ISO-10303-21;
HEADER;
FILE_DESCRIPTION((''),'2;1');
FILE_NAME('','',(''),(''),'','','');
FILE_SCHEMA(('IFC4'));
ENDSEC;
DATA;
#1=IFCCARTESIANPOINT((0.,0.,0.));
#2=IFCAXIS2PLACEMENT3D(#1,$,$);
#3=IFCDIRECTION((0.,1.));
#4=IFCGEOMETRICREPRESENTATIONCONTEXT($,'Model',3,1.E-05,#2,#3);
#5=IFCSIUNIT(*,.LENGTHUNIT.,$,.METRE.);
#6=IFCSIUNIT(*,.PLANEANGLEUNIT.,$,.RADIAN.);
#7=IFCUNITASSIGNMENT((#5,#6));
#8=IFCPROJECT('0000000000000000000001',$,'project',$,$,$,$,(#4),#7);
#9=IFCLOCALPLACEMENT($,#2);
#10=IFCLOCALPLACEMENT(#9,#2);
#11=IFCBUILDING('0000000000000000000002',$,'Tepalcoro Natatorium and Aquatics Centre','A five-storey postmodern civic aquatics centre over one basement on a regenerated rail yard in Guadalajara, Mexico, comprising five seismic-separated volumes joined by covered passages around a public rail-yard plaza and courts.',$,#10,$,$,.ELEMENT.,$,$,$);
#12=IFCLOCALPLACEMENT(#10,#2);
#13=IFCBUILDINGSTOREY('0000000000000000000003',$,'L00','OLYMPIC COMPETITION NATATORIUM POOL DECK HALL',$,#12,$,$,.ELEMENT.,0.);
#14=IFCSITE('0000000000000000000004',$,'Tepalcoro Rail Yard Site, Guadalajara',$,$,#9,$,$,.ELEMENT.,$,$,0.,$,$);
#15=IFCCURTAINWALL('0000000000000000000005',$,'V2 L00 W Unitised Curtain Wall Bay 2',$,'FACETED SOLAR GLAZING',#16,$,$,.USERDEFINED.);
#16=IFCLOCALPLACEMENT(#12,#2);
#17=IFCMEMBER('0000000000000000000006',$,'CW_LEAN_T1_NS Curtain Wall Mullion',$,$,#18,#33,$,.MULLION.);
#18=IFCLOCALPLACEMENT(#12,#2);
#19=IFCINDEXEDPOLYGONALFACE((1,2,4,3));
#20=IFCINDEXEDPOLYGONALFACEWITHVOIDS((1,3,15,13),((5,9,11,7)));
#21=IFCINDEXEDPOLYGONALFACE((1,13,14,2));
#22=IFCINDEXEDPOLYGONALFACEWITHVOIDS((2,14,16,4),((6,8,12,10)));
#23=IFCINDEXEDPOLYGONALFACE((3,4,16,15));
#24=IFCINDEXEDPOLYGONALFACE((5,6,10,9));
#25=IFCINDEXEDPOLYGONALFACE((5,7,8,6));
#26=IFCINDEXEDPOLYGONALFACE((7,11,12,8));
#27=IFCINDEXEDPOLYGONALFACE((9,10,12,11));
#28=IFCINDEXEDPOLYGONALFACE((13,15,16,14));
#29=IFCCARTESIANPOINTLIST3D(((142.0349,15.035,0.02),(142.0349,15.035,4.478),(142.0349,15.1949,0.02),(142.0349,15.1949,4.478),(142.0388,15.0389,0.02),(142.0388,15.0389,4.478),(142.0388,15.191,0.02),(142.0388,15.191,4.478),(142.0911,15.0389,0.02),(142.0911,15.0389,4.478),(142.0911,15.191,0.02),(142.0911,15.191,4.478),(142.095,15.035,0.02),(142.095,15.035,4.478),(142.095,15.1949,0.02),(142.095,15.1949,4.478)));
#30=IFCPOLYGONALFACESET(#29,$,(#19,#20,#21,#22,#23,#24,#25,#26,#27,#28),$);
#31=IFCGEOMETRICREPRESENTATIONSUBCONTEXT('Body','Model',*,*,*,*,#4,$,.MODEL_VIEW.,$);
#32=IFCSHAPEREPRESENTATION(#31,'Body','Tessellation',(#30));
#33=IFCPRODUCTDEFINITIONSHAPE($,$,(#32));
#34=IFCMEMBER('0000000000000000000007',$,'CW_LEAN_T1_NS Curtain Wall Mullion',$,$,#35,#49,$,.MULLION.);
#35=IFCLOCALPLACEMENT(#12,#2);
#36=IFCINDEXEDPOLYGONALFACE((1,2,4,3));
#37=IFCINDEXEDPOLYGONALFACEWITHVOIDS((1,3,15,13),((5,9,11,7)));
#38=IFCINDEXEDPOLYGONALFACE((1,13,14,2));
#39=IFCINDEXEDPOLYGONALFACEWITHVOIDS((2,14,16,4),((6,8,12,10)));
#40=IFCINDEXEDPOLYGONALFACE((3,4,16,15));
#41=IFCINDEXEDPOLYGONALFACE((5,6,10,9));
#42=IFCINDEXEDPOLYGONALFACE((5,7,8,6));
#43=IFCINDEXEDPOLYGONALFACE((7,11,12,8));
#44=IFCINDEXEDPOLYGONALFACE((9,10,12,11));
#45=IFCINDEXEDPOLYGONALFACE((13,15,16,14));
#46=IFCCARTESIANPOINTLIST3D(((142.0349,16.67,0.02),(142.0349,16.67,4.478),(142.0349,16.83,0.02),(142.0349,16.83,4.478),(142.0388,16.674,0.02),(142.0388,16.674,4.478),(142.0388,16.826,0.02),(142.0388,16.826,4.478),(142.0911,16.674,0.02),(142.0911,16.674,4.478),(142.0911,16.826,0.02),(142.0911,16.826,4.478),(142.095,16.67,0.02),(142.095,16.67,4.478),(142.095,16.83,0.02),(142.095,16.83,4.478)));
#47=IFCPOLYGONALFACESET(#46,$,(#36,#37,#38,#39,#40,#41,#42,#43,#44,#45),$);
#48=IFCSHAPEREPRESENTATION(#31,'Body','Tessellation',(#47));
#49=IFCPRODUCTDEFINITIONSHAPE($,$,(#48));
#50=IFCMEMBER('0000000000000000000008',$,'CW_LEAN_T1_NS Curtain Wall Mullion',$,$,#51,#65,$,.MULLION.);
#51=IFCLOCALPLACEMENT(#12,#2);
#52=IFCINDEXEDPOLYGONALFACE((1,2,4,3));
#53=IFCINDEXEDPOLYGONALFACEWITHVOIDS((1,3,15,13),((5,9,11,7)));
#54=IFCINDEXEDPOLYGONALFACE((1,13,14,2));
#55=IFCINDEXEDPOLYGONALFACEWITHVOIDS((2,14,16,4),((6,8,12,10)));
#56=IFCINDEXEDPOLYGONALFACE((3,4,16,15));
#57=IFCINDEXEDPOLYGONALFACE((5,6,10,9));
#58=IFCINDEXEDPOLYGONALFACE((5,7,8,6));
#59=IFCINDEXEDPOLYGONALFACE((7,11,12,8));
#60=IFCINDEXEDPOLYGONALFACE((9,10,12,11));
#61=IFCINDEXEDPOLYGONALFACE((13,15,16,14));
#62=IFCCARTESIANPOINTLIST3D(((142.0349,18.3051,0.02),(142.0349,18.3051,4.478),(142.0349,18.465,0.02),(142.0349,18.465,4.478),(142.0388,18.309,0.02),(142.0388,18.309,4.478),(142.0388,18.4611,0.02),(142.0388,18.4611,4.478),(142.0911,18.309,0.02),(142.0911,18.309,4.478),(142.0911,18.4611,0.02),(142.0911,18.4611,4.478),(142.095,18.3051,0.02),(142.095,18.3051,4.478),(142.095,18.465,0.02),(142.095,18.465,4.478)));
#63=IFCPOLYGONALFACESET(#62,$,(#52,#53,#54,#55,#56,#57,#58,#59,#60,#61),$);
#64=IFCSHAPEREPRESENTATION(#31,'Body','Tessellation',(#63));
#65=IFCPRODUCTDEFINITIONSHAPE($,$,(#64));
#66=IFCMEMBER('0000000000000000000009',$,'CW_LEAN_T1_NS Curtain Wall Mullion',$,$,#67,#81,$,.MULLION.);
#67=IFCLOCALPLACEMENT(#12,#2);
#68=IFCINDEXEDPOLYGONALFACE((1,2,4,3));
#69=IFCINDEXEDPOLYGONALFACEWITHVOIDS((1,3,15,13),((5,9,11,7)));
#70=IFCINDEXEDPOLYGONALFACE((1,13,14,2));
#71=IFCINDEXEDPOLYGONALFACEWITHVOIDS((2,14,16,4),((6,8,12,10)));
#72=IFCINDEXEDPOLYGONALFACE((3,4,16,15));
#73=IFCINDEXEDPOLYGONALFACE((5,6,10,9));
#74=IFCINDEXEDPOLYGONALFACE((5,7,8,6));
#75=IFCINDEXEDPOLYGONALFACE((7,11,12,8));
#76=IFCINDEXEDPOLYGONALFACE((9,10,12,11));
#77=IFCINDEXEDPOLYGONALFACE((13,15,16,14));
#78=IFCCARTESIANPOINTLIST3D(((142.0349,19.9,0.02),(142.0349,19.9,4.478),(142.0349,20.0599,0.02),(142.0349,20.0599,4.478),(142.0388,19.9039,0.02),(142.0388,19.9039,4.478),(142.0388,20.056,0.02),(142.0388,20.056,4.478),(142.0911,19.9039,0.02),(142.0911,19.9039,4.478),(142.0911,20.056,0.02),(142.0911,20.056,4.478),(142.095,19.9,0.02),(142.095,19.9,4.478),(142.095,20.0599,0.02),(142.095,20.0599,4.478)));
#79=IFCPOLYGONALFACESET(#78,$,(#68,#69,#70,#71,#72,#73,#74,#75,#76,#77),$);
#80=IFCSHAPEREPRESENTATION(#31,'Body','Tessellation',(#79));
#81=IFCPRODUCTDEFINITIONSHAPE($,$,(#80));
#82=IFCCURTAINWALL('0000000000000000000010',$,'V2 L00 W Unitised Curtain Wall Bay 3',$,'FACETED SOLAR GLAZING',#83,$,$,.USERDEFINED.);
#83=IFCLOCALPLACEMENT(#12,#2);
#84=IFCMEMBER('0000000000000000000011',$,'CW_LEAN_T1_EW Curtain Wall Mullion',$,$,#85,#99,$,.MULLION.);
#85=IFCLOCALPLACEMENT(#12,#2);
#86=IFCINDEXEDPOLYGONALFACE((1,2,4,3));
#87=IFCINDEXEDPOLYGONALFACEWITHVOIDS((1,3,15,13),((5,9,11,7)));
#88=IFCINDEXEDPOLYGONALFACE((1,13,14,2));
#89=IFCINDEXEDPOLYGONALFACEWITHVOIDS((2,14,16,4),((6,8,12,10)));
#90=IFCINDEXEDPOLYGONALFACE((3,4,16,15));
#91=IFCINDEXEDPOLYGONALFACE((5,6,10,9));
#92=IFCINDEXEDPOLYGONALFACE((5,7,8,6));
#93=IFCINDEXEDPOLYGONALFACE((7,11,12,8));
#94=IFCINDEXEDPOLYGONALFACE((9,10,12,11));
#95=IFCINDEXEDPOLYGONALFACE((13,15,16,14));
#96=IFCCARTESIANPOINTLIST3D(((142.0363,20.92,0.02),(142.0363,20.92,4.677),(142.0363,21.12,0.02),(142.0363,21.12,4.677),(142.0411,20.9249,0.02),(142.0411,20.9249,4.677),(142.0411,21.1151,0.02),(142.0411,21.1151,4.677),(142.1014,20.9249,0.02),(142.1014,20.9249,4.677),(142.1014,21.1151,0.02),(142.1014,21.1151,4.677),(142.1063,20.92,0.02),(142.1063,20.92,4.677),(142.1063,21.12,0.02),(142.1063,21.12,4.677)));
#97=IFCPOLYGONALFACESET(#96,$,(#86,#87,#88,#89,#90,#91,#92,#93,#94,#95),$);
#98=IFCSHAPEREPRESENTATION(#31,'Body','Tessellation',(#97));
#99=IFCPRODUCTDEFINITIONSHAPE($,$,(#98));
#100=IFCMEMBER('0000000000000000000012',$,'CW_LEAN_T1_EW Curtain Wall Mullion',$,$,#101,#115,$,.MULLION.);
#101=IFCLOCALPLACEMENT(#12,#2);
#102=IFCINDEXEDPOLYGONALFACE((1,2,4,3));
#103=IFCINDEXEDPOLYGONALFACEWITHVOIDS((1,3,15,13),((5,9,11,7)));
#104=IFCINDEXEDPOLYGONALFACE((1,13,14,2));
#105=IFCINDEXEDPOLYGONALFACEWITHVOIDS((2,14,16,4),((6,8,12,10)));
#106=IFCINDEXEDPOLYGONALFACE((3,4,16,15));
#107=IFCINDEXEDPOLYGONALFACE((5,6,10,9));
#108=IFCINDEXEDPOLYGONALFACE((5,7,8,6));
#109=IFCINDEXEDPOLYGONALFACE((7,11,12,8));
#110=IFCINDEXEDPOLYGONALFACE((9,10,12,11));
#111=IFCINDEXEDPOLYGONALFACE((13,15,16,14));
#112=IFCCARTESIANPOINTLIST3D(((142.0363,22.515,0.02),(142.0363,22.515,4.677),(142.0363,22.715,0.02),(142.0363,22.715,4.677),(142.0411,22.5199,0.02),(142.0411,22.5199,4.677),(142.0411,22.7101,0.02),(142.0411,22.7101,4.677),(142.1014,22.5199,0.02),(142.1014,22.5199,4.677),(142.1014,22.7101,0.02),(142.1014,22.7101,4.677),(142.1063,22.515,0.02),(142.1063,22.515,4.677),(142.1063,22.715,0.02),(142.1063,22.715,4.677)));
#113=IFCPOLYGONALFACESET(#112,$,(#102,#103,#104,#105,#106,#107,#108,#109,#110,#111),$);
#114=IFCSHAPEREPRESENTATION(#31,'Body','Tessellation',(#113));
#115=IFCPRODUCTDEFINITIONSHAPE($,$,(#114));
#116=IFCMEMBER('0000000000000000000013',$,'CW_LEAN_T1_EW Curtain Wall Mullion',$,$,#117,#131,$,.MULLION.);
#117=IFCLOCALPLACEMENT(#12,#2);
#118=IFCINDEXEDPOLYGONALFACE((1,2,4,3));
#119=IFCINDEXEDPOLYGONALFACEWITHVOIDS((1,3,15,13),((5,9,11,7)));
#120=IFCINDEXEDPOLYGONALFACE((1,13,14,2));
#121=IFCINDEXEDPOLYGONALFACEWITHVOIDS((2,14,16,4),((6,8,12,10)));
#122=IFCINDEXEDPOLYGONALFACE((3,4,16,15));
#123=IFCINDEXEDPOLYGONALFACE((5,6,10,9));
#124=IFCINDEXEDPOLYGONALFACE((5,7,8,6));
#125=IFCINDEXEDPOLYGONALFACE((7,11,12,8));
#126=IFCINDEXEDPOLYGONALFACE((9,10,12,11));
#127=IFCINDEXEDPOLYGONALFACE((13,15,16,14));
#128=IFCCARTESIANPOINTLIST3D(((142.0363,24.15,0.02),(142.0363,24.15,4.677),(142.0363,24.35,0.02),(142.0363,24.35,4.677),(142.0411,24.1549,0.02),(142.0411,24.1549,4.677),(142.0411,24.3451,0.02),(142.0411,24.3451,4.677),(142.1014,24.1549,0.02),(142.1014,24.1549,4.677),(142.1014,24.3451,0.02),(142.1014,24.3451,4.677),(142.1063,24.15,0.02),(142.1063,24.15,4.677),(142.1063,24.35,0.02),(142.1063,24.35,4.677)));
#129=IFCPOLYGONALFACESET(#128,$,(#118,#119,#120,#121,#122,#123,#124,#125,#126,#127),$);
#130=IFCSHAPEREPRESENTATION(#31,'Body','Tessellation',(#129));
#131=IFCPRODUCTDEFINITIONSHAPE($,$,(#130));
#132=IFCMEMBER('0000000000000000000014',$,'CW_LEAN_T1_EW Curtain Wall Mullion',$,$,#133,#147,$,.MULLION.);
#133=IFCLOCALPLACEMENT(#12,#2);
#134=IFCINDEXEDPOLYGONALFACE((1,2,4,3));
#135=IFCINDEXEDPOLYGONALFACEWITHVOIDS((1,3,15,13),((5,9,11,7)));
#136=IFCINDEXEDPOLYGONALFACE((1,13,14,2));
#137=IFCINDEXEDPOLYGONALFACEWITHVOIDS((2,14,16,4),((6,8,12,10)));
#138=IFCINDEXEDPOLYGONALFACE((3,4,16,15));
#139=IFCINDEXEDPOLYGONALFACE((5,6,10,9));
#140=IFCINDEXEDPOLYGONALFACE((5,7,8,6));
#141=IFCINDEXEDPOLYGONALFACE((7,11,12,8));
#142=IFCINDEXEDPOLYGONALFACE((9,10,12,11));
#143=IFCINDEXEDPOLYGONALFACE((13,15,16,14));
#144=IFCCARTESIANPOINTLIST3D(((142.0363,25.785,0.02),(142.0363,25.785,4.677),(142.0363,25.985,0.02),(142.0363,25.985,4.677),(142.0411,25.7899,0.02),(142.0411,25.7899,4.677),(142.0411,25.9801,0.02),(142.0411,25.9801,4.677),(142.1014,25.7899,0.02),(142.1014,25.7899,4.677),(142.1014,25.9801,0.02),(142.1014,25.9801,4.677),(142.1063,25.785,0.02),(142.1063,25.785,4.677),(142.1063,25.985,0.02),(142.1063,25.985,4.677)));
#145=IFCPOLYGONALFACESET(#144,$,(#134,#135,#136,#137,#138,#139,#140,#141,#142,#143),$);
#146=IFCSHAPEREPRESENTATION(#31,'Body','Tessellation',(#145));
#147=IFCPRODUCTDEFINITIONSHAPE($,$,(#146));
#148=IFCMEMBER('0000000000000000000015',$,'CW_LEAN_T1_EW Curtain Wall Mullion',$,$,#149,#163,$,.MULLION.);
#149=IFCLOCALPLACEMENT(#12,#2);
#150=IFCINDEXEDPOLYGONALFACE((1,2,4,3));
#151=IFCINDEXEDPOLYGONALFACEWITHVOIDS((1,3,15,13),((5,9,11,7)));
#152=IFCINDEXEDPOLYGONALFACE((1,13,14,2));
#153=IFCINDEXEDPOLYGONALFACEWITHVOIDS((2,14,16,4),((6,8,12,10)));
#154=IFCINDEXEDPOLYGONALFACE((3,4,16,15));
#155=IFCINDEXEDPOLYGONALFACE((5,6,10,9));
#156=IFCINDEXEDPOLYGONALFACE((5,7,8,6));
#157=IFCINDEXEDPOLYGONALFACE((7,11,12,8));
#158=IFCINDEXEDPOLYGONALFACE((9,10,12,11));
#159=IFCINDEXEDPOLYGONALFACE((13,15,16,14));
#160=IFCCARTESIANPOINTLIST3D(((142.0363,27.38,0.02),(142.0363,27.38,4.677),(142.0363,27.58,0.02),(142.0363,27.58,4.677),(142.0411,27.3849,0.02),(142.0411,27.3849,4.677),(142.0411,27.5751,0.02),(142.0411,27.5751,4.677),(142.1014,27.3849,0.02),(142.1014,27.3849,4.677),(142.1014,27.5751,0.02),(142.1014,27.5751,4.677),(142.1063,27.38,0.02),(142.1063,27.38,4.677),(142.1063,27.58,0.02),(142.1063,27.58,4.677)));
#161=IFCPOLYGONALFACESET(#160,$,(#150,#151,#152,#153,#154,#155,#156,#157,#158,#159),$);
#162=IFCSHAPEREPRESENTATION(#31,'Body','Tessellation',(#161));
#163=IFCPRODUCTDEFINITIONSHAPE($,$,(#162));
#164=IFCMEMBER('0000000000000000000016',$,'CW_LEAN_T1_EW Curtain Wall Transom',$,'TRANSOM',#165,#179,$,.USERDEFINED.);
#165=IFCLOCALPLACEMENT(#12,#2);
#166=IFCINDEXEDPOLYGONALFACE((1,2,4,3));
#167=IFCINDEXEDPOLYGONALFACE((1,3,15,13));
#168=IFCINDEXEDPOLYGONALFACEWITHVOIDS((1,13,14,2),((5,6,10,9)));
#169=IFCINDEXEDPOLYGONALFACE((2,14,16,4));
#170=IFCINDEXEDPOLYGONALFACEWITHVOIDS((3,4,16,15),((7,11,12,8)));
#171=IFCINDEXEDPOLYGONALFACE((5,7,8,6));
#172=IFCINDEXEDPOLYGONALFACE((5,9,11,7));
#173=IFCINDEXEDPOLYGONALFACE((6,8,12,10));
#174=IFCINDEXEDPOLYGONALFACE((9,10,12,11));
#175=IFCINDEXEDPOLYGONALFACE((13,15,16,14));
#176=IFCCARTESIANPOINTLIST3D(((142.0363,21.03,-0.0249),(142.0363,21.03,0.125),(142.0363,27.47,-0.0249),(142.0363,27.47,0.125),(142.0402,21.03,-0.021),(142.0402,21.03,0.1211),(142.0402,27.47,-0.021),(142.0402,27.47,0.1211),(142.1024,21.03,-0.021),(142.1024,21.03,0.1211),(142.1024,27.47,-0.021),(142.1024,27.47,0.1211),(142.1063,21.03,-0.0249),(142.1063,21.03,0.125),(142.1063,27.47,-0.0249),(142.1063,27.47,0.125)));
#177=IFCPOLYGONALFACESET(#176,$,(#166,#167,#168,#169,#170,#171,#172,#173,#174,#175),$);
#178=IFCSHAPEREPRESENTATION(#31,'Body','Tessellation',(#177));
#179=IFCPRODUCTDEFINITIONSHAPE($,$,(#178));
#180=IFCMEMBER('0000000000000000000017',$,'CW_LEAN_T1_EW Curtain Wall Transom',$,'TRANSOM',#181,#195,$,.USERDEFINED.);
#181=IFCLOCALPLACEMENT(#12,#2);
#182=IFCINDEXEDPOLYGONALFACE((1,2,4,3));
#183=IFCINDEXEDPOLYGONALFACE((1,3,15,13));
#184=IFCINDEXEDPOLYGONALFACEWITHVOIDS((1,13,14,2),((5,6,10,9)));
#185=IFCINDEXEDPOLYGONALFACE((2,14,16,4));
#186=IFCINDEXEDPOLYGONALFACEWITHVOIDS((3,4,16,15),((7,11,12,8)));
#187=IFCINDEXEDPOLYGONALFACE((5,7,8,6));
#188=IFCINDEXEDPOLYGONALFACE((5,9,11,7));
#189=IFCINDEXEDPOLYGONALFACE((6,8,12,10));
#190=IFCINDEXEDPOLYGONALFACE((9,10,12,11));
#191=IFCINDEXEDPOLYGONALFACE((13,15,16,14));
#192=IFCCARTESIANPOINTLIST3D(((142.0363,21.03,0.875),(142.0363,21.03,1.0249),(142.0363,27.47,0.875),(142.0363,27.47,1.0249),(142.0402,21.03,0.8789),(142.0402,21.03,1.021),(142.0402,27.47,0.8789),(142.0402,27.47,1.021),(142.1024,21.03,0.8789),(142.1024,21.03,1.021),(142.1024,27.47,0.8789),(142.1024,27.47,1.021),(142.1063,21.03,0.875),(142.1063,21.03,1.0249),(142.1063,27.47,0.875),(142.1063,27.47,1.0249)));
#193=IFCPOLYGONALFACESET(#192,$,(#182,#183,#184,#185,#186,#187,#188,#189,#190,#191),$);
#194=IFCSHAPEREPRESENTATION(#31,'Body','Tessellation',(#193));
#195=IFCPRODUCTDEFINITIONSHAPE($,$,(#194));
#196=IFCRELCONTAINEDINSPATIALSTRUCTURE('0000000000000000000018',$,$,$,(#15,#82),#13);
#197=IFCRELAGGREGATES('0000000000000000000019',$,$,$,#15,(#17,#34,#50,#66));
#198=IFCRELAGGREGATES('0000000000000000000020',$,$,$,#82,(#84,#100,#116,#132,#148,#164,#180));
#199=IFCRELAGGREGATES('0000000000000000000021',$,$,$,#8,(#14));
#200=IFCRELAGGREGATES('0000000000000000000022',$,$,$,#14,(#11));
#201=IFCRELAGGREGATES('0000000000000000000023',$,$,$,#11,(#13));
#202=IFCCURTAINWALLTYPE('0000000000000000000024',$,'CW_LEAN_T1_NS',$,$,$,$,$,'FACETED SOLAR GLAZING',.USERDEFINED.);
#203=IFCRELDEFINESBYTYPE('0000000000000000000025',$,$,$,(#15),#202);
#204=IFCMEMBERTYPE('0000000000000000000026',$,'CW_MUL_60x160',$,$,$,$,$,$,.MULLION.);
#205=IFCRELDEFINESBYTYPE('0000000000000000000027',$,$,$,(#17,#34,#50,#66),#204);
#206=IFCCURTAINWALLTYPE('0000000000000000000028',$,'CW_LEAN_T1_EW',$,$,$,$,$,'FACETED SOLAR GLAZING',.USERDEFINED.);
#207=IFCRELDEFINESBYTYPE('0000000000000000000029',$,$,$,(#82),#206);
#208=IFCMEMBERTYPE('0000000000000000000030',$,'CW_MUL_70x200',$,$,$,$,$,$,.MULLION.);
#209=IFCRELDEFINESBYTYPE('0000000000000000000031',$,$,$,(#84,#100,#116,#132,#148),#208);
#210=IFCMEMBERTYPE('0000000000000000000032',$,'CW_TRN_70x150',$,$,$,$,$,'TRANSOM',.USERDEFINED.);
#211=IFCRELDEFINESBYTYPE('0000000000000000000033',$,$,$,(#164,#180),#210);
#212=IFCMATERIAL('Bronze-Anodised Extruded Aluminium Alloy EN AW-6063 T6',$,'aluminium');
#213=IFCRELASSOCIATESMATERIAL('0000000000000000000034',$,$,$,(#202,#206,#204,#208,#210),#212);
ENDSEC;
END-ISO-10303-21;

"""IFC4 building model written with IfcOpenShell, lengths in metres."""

from ifc_helpers import new_model, si_unit, direction, frame, origin, origin_2d, place, context, subcontext, project, spatial, hollow_rectangle, extrude, material, material_profile, profile_set, type_object, element, aggregate, save


model = new_model("IFC4")

# Units and contexts
model_context = context("Model", 3, precision=1e-05, world=origin(), true_north=direction((0.0, 1.0)))
body_context = subcontext(model_context, "Body", "Model", "MODEL_VIEW")
ifc_project = project(units=[si_unit("LENGTHUNIT", "METRE"), si_unit("PLANEANGLEUNIT", "RADIAN")], contexts=[model_context])

# Site, building, storey
site_placement = place(None, origin())
site = spatial("IfcSite", under=ifc_project, at=site_placement, Name="Tepalcoro Rail Yard Site, Guadalajara", CompositionType="ELEMENT", RefElevation=0.0)
building_placement = place(site_placement, origin())
building = spatial("IfcBuilding", under=site, at=building_placement, Name="Tepalcoro Natatorium and Aquatics Centre", Description="A five-storey postmodern civic aquatics centre over one basement on a regenerated rail yard in Guadalajara, Mexico, comprising five seismic-separated volumes joined by covered passages around a public rail-yard plaza and courts.", CompositionType="ELEMENT")
storey_placement = place(building_placement, origin())
storey = spatial("IfcBuildingStorey", under=building, at=storey_placement, Name="L00", Description="OLYMPIC COMPETITION NATATORIUM POOL DECK HALL", CompositionType="ELEMENT", Elevation=0.0)

# Curtain walls, members
ifc_material_1 = material(Name="Bronze-Anodised Extruded Aluminium Alloy EN AW-6063 T6", Category="aluminium")
curtain_wall_type_1 = type_object("IfcCurtainWallType", Name="CW_LEAN_T1_NS", ElementType="FACETED SOLAR GLAZING", PredefinedType="USERDEFINED", material=ifc_material_1)
curtain_wall_1_placement = place(storey_placement, origin())
curtain_wall_1 = element("IfcCurtainWall", 1, at=curtain_wall_1_placement, inside=storey, type_object=curtain_wall_type_1, Name="V2 L00 W Unitised Curtain Wall Bay 2", ObjectType="FACETED SOLAR GLAZING", PredefinedType="USERDEFINED")
ifc_material_profile_1 = material_profile(ifc_material_1, hollow_rectangle(XDim=0.0601, YDim=0.1599, WallThickness=0.0039, at=origin_2d()), Name="AL60X160X4")
ifc_profile_set_1 = profile_set([ifc_material_profile_1], Name="Bronze-Anodised Extruded Aluminium Alloy EN AW-6063 T6")
member_type_1 = type_object("IfcMemberType", Name="CW_MUL_60x160", PredefinedType="MULLION", material=ifc_profile_set_1)
member_1_placement = place(storey_placement, frame((142.0649, 15.115, 0.02), z_axis=(0.0, 0.0, 1.0), x_axis=(1.0, 0.0, 0.0)))
member_1 = element("IfcMember", 2, at=member_1_placement, type_object=member_type_1, Name="CW_LEAN_T1_NS Curtain Wall Mullion", PredefinedType="MULLION", context=body_context, shape_type="SweptSolid", body=[
    extrude(hollow_rectangle(XDim=0.0601, YDim=0.1599, WallThickness=0.0039, at=origin_2d()), origin(), (0.0, 0.0, 1.0), 4.458),
])
member_2_placement = place(storey_placement, frame((142.0649, 16.75, 0.02), z_axis=(0.0, 0.0, 1.0), x_axis=(1.0, 0.0, 0.0)))
member_2 = element("IfcMember", 3, at=member_2_placement, type_object=member_type_1, Name="CW_LEAN_T1_NS Curtain Wall Mullion", PredefinedType="MULLION", context=body_context, shape_type="SweptSolid", body=[
    extrude(hollow_rectangle(XDim=0.0601, YDim=0.1599, WallThickness=0.0039, at=origin_2d()), origin(), (0.0, 0.0, 1.0), 4.458),
])
member_3_placement = place(storey_placement, frame((142.0649, 18.385, 0.02), z_axis=(0.0, 0.0, 1.0), x_axis=(1.0, 0.0, 0.0)))
member_3 = element("IfcMember", 4, at=member_3_placement, type_object=member_type_1, Name="CW_LEAN_T1_NS Curtain Wall Mullion", PredefinedType="MULLION", context=body_context, shape_type="SweptSolid", body=[
    extrude(hollow_rectangle(XDim=0.0601, YDim=0.1599, WallThickness=0.0039, at=origin_2d()), origin(), (0.0, 0.0, 1.0), 4.458),
])
member_4_placement = place(storey_placement, frame((142.0649, 19.98, 0.02), z_axis=(0.0, 0.0, 1.0), x_axis=(1.0, 0.0, 0.0)))
member_4 = element("IfcMember", 5, at=member_4_placement, type_object=member_type_1, Name="CW_LEAN_T1_NS Curtain Wall Mullion", PredefinedType="MULLION", context=body_context, shape_type="SweptSolid", body=[
    extrude(hollow_rectangle(XDim=0.0601, YDim=0.1599, WallThickness=0.0039, at=origin_2d()), origin(), (0.0, 0.0, 1.0), 4.458),
])
curtain_wall_type_2 = type_object("IfcCurtainWallType", Name="CW_LEAN_T1_EW", ElementType="FACETED SOLAR GLAZING", PredefinedType="USERDEFINED", material=ifc_material_1)
curtain_wall_2_placement = place(storey_placement, origin())
curtain_wall_2 = element("IfcCurtainWall", 6, at=curtain_wall_2_placement, inside=storey, type_object=curtain_wall_type_2, Name="V2 L00 W Unitised Curtain Wall Bay 3", ObjectType="FACETED SOLAR GLAZING", PredefinedType="USERDEFINED")
ifc_material_profile_2 = material_profile(ifc_material_1, hollow_rectangle(XDim=0.0701, YDim=0.2, WallThickness=0.0049, at=origin_2d()), Name="AL70X200X5")
ifc_profile_set_2 = profile_set([ifc_material_profile_2], Name="Bronze-Anodised Extruded Aluminium Alloy EN AW-6063 T6")
member_type_2 = type_object("IfcMemberType", Name="CW_MUL_70x200", PredefinedType="MULLION", material=ifc_profile_set_2)
member_5_placement = place(storey_placement, frame((142.0713, 21.02, 0.02), z_axis=(0.0, 0.0, 1.0), x_axis=(1.0, 0.0, 0.0)))
member_5 = element("IfcMember", 7, at=member_5_placement, type_object=member_type_2, Name="CW_LEAN_T1_EW Curtain Wall Mullion", PredefinedType="MULLION", context=body_context, shape_type="SweptSolid", body=[
    extrude(hollow_rectangle(XDim=0.0701, YDim=0.2, WallThickness=0.0049, at=origin_2d()), origin(), (0.0, 0.0, 1.0), 4.657),
])
member_6_placement = place(storey_placement, frame((142.0713, 22.615, 0.02), z_axis=(0.0, 0.0, 1.0), x_axis=(1.0, 0.0, 0.0)))
member_6 = element("IfcMember", 8, at=member_6_placement, type_object=member_type_2, Name="CW_LEAN_T1_EW Curtain Wall Mullion", PredefinedType="MULLION", context=body_context, shape_type="SweptSolid", body=[
    extrude(hollow_rectangle(XDim=0.0701, YDim=0.2, WallThickness=0.0049, at=origin_2d()), origin(), (0.0, 0.0, 1.0), 4.657),
])
member_7_placement = place(storey_placement, frame((142.0713, 24.25, 0.02), z_axis=(0.0, 0.0, 1.0), x_axis=(1.0, 0.0, 0.0)))
member_7 = element("IfcMember", 9, at=member_7_placement, type_object=member_type_2, Name="CW_LEAN_T1_EW Curtain Wall Mullion", PredefinedType="MULLION", context=body_context, shape_type="SweptSolid", body=[
    extrude(hollow_rectangle(XDim=0.0701, YDim=0.2, WallThickness=0.0049, at=origin_2d()), origin(), (0.0, 0.0, 1.0), 4.657),
])
member_8_placement = place(storey_placement, frame((142.0713, 25.885, 0.02), z_axis=(0.0, 0.0, 1.0), x_axis=(1.0, 0.0, 0.0)))
member_8 = element("IfcMember", 10, at=member_8_placement, type_object=member_type_2, Name="CW_LEAN_T1_EW Curtain Wall Mullion", PredefinedType="MULLION", context=body_context, shape_type="SweptSolid", body=[
    extrude(hollow_rectangle(XDim=0.0701, YDim=0.2, WallThickness=0.0049, at=origin_2d()), origin(), (0.0, 0.0, 1.0), 4.657),
])
member_9_placement = place(storey_placement, frame((142.0713, 27.48, 0.02), z_axis=(0.0, 0.0, 1.0), x_axis=(1.0, 0.0, 0.0)))
member_9 = element("IfcMember", 11, at=member_9_placement, type_object=member_type_2, Name="CW_LEAN_T1_EW Curtain Wall Mullion", PredefinedType="MULLION", context=body_context, shape_type="SweptSolid", body=[
    extrude(hollow_rectangle(XDim=0.0701, YDim=0.2, WallThickness=0.0049, at=origin_2d()), origin(), (0.0, 0.0, 1.0), 4.657),
])
ifc_material_profile_3 = material_profile(ifc_material_1, hollow_rectangle(XDim=0.0701, YDim=0.1499, WallThickness=0.0039, at=origin_2d()), Name="AL70X150X4")
ifc_profile_set_3 = profile_set([ifc_material_profile_3], Name="Bronze-Anodised Extruded Aluminium Alloy EN AW-6063 T6")
member_type_3 = type_object("IfcMemberType", Name="CW_TRN_70x150", ElementType="TRANSOM", PredefinedType="USERDEFINED", material=ifc_profile_set_3)
member_10_placement = place(storey_placement, frame((142.0713, 21.03, 0.05), z_axis=(0.0, 1.0, 0.0), x_axis=(-1.0, 0.0, 0.0)))
member_10 = element("IfcMember", 12, at=member_10_placement, type_object=member_type_3, Name="CW_LEAN_T1_EW Curtain Wall Transom", ObjectType="TRANSOM", PredefinedType="USERDEFINED", context=body_context, shape_type="SweptSolid", body=[
    extrude(hollow_rectangle(XDim=0.0701, YDim=0.1499, WallThickness=0.0039, at=origin_2d()), origin(), (0.0, 0.0, 1.0), 6.4399),
])
member_11_placement = place(storey_placement, frame((142.0713, 21.03, 0.95), z_axis=(0.0, 1.0, 0.0), x_axis=(-1.0, 0.0, 0.0)))
member_11 = element("IfcMember", 13, at=member_11_placement, type_object=member_type_3, Name="CW_LEAN_T1_EW Curtain Wall Transom", ObjectType="TRANSOM", PredefinedType="USERDEFINED", context=body_context, shape_type="SweptSolid", body=[
    extrude(hollow_rectangle(XDim=0.0701, YDim=0.1499, WallThickness=0.0039, at=origin_2d()), origin(), (0.0, 0.0, 1.0), 6.4399),
])

aggregate(curtain_wall_1, [member_1, member_2, member_3, member_4])
aggregate(curtain_wall_2, [member_5, member_6, member_7, member_8, member_9, member_10, member_11])

save(model, "model.ifc")
